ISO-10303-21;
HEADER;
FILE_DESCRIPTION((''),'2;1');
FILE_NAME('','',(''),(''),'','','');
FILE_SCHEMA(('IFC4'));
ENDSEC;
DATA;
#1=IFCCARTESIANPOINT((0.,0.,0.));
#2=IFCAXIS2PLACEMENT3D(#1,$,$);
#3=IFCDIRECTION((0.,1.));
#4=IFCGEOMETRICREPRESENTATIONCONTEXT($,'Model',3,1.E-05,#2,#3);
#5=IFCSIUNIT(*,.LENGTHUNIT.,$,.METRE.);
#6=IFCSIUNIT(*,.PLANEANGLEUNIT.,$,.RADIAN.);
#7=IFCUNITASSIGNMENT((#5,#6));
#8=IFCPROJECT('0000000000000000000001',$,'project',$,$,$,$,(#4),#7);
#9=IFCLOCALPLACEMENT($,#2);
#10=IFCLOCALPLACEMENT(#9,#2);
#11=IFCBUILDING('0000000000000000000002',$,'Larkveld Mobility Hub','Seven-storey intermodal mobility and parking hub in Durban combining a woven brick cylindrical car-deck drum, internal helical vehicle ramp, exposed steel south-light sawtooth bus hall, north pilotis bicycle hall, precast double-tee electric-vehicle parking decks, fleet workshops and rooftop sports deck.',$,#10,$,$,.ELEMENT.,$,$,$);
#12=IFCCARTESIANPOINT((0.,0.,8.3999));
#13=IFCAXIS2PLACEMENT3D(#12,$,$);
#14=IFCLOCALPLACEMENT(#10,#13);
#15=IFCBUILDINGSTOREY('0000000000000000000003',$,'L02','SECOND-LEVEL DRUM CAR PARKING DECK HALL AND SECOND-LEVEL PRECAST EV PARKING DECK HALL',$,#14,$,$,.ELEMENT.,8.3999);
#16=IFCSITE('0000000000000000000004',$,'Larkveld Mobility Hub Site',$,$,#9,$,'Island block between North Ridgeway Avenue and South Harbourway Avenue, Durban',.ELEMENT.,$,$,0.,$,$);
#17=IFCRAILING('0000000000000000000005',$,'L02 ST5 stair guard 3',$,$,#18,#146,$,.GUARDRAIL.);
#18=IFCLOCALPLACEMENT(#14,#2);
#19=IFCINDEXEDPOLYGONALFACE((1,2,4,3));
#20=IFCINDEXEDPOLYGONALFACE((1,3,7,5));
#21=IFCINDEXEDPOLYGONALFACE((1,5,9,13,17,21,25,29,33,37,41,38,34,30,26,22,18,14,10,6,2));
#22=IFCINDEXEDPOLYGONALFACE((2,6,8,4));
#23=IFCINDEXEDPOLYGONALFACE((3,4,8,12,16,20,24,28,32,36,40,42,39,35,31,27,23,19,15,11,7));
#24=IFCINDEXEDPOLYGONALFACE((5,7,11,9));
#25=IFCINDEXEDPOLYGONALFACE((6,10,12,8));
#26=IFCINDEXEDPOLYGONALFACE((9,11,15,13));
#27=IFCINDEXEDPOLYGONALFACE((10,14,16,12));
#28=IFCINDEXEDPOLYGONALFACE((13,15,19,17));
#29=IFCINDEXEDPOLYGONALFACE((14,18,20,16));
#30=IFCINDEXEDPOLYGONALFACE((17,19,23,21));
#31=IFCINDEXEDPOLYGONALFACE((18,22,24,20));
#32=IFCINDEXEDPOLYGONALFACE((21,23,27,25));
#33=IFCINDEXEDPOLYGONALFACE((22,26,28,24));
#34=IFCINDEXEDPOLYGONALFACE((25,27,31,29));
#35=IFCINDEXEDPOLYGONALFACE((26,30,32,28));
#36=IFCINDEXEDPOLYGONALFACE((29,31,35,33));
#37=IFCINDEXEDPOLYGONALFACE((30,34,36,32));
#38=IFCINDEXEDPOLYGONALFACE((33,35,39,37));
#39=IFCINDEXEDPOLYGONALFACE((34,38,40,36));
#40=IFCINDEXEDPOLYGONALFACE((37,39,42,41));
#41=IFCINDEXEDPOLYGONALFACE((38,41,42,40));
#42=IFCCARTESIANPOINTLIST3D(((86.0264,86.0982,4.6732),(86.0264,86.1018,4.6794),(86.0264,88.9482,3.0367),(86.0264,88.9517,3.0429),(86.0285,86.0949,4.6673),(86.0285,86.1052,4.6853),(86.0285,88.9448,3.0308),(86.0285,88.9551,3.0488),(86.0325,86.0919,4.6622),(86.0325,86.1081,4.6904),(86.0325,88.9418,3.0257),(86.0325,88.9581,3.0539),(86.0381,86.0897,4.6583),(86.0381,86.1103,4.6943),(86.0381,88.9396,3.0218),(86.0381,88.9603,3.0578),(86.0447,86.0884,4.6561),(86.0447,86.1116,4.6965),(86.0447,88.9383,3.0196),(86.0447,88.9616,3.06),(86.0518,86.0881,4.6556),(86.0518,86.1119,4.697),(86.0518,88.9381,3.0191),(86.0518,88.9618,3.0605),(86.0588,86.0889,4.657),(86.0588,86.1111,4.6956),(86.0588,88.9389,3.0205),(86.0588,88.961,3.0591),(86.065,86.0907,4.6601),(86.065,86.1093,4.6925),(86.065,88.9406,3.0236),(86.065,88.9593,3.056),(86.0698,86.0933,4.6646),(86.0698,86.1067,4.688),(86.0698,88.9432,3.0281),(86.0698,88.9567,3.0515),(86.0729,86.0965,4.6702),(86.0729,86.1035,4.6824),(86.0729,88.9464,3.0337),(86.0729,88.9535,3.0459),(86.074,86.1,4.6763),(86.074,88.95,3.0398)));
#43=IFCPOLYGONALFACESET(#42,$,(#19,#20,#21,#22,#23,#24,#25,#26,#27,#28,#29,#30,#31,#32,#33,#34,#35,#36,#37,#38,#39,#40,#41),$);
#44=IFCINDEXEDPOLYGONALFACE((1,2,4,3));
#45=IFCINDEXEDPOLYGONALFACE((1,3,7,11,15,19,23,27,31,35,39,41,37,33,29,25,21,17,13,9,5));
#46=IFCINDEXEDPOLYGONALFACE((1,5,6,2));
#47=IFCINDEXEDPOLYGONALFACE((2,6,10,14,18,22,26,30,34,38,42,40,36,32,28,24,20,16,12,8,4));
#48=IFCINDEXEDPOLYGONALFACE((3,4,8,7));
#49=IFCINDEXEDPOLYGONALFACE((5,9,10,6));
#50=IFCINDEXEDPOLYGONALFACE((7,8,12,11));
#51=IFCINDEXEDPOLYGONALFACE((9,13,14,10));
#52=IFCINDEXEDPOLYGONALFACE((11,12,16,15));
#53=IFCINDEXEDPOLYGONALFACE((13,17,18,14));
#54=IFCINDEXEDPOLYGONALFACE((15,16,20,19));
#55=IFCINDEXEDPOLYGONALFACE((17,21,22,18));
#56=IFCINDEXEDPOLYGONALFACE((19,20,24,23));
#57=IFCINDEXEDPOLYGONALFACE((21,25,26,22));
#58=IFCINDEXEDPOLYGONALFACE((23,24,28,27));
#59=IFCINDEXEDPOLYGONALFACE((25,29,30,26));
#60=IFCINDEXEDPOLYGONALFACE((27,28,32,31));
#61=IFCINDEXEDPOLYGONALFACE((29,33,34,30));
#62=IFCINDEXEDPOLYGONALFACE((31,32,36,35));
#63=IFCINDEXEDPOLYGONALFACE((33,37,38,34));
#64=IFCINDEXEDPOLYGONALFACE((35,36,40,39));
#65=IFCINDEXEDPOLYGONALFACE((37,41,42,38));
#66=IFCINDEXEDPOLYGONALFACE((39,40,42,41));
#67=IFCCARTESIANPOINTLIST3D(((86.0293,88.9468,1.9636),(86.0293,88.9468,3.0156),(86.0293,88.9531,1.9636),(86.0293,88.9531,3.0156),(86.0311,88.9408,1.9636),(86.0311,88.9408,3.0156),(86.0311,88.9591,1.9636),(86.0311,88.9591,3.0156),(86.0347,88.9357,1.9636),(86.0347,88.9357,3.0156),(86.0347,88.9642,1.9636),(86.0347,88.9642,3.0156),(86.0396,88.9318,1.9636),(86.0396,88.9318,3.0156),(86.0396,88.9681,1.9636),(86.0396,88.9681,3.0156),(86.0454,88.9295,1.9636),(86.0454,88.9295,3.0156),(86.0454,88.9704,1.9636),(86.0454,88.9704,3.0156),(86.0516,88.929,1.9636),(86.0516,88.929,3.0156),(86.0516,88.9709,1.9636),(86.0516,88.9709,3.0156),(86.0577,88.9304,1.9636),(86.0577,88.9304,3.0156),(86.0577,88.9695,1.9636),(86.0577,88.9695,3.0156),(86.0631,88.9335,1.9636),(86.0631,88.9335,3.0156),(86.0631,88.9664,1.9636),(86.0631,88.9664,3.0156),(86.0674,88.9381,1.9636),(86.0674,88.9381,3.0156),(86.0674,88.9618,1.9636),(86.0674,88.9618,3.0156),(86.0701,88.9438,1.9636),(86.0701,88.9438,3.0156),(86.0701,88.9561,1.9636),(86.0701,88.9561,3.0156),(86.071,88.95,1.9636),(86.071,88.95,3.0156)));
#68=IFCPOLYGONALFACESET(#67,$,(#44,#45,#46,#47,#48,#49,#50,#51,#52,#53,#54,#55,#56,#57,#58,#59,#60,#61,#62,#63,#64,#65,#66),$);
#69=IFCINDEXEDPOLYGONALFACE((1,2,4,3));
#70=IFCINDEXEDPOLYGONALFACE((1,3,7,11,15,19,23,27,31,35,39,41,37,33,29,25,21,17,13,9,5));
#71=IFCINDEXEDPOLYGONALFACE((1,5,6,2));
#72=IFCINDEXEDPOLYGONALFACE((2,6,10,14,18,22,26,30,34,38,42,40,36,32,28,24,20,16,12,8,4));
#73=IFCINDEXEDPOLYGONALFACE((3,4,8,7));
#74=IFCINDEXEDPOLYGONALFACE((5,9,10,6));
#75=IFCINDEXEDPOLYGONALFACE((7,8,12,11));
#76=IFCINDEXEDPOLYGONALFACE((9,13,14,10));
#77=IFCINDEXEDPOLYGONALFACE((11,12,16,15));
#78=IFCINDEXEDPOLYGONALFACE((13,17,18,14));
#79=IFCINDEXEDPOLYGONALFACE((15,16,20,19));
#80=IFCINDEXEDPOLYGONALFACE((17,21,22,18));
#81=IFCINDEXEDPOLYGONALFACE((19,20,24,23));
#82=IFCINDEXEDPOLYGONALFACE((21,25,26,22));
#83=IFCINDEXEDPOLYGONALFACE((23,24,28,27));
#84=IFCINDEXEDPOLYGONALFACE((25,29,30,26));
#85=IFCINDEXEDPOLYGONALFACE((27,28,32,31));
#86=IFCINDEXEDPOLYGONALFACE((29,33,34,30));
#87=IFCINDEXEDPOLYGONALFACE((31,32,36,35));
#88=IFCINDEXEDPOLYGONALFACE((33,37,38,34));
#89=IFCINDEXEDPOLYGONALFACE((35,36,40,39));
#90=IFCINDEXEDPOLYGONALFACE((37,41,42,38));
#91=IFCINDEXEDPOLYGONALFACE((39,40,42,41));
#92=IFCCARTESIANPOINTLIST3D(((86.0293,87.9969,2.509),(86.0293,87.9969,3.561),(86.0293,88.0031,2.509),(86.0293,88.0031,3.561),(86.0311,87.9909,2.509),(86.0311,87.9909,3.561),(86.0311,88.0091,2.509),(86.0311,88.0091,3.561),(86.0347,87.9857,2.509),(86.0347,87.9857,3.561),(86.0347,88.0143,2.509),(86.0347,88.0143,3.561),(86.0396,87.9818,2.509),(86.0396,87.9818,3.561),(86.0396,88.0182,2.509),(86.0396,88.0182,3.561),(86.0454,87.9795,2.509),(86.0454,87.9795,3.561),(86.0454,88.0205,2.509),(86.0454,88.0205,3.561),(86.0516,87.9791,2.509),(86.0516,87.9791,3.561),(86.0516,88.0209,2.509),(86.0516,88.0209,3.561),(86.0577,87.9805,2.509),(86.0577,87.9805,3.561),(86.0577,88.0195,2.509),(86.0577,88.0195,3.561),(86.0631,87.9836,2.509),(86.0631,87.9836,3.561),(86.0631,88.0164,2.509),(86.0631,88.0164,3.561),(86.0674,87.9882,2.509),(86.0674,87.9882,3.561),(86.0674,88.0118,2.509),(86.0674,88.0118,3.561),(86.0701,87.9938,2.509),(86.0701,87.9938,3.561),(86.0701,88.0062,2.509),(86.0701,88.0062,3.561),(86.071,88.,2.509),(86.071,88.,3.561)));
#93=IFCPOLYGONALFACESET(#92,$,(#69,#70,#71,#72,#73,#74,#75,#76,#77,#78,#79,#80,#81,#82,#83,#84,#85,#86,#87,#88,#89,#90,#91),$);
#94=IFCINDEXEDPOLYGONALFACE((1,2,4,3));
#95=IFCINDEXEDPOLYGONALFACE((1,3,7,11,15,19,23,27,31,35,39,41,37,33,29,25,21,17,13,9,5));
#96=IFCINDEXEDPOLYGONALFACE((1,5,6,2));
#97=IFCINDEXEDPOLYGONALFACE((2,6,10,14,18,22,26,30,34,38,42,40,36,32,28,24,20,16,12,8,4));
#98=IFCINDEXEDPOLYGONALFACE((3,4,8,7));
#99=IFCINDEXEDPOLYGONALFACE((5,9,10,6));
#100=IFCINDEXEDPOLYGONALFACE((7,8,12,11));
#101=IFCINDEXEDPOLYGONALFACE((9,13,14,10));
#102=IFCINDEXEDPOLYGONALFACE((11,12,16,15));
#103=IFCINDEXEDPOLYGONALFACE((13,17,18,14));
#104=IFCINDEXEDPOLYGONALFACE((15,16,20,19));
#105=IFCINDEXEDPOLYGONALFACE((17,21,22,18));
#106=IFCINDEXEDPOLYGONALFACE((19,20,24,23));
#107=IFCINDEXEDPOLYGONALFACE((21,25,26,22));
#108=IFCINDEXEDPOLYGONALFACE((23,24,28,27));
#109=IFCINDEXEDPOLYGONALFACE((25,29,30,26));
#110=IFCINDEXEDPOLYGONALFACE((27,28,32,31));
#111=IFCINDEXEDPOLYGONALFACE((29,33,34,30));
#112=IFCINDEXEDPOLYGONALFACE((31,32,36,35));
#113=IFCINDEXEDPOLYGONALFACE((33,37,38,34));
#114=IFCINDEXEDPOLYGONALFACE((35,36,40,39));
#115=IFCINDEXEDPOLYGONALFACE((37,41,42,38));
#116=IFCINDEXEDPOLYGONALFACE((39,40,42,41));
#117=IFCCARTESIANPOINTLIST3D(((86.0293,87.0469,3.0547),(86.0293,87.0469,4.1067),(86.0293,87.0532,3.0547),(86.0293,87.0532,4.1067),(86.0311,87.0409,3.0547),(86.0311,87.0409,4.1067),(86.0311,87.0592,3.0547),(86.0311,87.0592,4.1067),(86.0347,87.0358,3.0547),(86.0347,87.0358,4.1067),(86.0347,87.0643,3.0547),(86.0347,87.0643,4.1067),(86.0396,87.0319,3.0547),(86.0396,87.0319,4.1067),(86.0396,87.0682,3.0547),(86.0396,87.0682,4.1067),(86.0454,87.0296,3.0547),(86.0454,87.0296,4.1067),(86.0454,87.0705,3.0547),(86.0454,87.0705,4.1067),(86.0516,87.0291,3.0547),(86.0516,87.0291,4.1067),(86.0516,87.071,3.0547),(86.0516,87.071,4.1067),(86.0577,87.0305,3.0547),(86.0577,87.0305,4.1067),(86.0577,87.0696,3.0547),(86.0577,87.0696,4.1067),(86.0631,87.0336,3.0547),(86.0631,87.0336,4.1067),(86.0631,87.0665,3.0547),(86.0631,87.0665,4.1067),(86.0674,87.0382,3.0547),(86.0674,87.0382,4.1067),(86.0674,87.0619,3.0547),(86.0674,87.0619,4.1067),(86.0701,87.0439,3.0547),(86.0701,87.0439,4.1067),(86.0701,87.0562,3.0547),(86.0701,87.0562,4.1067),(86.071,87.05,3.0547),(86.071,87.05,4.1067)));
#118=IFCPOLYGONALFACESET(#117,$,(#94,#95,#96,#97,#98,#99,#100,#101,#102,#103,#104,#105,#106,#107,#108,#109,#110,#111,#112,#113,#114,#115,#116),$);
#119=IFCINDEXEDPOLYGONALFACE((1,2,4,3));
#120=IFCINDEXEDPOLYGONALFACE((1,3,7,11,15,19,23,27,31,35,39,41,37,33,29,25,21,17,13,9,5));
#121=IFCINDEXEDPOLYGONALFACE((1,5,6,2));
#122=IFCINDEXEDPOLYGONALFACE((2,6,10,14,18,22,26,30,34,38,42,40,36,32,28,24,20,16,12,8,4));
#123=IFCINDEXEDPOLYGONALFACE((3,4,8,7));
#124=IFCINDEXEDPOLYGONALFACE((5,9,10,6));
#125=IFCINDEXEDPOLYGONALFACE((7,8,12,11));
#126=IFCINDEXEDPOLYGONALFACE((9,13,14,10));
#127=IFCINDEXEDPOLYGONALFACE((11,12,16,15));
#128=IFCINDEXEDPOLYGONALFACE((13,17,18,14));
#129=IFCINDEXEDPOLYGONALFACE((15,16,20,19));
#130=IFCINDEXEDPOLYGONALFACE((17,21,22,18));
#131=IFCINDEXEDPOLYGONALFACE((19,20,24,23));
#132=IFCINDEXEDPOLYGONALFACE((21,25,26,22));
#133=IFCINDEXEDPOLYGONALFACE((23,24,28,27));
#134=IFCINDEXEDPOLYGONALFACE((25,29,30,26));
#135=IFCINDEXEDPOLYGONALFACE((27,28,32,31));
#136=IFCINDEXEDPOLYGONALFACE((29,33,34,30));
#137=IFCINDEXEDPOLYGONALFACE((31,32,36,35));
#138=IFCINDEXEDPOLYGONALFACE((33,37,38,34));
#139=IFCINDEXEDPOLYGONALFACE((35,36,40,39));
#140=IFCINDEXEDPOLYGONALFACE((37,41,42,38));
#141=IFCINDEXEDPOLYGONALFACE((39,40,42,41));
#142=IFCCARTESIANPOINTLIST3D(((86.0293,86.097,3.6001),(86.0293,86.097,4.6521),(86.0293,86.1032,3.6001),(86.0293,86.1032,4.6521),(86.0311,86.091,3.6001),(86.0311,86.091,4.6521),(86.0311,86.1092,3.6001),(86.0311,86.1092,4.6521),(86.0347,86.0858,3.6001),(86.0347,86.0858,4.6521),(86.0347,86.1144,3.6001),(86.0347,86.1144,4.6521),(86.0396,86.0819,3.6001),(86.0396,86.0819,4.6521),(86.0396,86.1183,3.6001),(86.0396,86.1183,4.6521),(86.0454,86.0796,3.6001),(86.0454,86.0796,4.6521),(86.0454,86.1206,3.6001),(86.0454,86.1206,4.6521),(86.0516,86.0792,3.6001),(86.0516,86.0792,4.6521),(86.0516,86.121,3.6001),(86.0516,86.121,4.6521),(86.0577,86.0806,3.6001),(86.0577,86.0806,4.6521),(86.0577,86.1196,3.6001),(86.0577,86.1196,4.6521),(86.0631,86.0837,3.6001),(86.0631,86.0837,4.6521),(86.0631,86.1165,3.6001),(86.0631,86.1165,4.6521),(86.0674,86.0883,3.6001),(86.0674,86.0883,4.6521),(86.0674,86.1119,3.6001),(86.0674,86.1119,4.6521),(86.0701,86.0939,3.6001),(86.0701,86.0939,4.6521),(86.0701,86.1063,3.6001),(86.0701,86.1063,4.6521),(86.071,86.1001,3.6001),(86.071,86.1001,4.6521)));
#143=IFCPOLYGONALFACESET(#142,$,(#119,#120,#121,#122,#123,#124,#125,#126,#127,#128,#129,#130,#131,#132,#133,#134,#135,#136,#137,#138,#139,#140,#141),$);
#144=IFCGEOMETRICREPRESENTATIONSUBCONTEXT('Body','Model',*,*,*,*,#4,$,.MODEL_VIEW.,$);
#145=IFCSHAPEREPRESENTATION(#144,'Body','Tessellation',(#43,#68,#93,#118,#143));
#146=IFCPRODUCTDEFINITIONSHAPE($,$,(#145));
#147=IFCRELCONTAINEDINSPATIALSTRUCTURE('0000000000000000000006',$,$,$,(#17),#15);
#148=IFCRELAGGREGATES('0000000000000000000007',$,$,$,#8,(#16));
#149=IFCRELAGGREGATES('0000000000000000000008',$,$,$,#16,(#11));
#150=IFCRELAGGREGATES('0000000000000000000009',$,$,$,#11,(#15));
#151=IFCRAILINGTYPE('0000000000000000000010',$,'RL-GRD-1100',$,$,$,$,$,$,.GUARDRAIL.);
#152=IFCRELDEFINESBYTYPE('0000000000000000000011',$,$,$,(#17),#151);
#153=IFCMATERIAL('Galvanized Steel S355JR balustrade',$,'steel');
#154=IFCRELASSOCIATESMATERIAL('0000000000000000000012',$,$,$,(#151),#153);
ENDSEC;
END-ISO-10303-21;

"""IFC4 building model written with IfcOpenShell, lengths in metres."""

from ifc_helpers import new_model, si_unit, direction, frame, origin, origin_2d, place, context, subcontext, project, spatial, circle, extrude, material, type_object, element, save


model = new_model("IFC4")

# Units and contexts
model_context = context("Model", 3, precision=1e-05, world=origin(), true_north=direction((0.0, 1.0)))
body_context = subcontext(model_context, "Body", "Model", "MODEL_VIEW")
ifc_project = project(units=[si_unit("LENGTHUNIT", "METRE"), si_unit("PLANEANGLEUNIT", "RADIAN")], contexts=[model_context])

# Site, building, storey
site_placement = place(None, origin())
site = spatial("IfcSite", under=ifc_project, at=site_placement, Name="Larkveld Mobility Hub Site", LongName="Island block between North Ridgeway Avenue and South Harbourway Avenue, Durban", CompositionType="ELEMENT", RefElevation=0.0)
building_placement = place(site_placement, origin())
building = spatial("IfcBuilding", under=site, at=building_placement, Name="Larkveld Mobility Hub", Description="Seven-storey intermodal mobility and parking hub in Durban combining a woven brick cylindrical car-deck drum, internal helical vehicle ramp, exposed steel south-light sawtooth bus hall, north pilotis bicycle hall, precast double-tee electric-vehicle parking decks, fleet workshops and rooftop sports deck.", CompositionType="ELEMENT")
storey_placement = place(building_placement, frame((0.0, 0.0, 8.3999)))
storey = spatial("IfcBuildingStorey", under=building, at=storey_placement, Name="L02", Description="SECOND-LEVEL DRUM CAR PARKING DECK HALL AND SECOND-LEVEL PRECAST EV PARKING DECK HALL", CompositionType="ELEMENT", Elevation=8.3999)

# Railing
ifc_material_1 = material(Name="Galvanized Steel S355JR balustrade", Category="steel")
railing_type_1 = type_object("IfcRailingType", Name="RL-GRD-1100", PredefinedType="GUARDRAIL", material=ifc_material_1)
railing_1_placement = place(storey_placement, frame((86.05, 88.95, 1.9636)))
element("IfcRailing", 1, at=railing_1_placement, inside=storey, type_object=railing_type_1, Name="L02 ST5 stair guard 3", PredefinedType="GUARDRAIL", context=body_context, shape_type="SweptSolid", body=[
    extrude(circle(Radius=0.0239, at=origin_2d()), frame((0.0, 0.0, 1.0762), z_axis=(0.0, -0.867194, 0.49797), x_axis=(1.0, 0.0, 0.0)), (0.0, 0.0, 1.0), 3.2864),
    extrude(circle(Radius=0.021, at=origin_2d()), origin(), (0.0, 0.0, 1.0), 1.052),
    extrude(circle(Radius=0.021, at=origin_2d()), frame((0.0, -0.95, 0.5454)), (0.0, 0.0, 1.0), 1.052),
    extrude(circle(Radius=0.021, at=origin_2d()), frame((0.0, -1.8999, 1.0911)), (0.0, 0.0, 1.0), 1.052),
    extrude(circle(Radius=0.021, at=origin_2d()), frame((0.0, -2.8499, 1.6365)), (0.0, 0.0, 1.0), 1.052),
])

save(model, "model.ifc")
